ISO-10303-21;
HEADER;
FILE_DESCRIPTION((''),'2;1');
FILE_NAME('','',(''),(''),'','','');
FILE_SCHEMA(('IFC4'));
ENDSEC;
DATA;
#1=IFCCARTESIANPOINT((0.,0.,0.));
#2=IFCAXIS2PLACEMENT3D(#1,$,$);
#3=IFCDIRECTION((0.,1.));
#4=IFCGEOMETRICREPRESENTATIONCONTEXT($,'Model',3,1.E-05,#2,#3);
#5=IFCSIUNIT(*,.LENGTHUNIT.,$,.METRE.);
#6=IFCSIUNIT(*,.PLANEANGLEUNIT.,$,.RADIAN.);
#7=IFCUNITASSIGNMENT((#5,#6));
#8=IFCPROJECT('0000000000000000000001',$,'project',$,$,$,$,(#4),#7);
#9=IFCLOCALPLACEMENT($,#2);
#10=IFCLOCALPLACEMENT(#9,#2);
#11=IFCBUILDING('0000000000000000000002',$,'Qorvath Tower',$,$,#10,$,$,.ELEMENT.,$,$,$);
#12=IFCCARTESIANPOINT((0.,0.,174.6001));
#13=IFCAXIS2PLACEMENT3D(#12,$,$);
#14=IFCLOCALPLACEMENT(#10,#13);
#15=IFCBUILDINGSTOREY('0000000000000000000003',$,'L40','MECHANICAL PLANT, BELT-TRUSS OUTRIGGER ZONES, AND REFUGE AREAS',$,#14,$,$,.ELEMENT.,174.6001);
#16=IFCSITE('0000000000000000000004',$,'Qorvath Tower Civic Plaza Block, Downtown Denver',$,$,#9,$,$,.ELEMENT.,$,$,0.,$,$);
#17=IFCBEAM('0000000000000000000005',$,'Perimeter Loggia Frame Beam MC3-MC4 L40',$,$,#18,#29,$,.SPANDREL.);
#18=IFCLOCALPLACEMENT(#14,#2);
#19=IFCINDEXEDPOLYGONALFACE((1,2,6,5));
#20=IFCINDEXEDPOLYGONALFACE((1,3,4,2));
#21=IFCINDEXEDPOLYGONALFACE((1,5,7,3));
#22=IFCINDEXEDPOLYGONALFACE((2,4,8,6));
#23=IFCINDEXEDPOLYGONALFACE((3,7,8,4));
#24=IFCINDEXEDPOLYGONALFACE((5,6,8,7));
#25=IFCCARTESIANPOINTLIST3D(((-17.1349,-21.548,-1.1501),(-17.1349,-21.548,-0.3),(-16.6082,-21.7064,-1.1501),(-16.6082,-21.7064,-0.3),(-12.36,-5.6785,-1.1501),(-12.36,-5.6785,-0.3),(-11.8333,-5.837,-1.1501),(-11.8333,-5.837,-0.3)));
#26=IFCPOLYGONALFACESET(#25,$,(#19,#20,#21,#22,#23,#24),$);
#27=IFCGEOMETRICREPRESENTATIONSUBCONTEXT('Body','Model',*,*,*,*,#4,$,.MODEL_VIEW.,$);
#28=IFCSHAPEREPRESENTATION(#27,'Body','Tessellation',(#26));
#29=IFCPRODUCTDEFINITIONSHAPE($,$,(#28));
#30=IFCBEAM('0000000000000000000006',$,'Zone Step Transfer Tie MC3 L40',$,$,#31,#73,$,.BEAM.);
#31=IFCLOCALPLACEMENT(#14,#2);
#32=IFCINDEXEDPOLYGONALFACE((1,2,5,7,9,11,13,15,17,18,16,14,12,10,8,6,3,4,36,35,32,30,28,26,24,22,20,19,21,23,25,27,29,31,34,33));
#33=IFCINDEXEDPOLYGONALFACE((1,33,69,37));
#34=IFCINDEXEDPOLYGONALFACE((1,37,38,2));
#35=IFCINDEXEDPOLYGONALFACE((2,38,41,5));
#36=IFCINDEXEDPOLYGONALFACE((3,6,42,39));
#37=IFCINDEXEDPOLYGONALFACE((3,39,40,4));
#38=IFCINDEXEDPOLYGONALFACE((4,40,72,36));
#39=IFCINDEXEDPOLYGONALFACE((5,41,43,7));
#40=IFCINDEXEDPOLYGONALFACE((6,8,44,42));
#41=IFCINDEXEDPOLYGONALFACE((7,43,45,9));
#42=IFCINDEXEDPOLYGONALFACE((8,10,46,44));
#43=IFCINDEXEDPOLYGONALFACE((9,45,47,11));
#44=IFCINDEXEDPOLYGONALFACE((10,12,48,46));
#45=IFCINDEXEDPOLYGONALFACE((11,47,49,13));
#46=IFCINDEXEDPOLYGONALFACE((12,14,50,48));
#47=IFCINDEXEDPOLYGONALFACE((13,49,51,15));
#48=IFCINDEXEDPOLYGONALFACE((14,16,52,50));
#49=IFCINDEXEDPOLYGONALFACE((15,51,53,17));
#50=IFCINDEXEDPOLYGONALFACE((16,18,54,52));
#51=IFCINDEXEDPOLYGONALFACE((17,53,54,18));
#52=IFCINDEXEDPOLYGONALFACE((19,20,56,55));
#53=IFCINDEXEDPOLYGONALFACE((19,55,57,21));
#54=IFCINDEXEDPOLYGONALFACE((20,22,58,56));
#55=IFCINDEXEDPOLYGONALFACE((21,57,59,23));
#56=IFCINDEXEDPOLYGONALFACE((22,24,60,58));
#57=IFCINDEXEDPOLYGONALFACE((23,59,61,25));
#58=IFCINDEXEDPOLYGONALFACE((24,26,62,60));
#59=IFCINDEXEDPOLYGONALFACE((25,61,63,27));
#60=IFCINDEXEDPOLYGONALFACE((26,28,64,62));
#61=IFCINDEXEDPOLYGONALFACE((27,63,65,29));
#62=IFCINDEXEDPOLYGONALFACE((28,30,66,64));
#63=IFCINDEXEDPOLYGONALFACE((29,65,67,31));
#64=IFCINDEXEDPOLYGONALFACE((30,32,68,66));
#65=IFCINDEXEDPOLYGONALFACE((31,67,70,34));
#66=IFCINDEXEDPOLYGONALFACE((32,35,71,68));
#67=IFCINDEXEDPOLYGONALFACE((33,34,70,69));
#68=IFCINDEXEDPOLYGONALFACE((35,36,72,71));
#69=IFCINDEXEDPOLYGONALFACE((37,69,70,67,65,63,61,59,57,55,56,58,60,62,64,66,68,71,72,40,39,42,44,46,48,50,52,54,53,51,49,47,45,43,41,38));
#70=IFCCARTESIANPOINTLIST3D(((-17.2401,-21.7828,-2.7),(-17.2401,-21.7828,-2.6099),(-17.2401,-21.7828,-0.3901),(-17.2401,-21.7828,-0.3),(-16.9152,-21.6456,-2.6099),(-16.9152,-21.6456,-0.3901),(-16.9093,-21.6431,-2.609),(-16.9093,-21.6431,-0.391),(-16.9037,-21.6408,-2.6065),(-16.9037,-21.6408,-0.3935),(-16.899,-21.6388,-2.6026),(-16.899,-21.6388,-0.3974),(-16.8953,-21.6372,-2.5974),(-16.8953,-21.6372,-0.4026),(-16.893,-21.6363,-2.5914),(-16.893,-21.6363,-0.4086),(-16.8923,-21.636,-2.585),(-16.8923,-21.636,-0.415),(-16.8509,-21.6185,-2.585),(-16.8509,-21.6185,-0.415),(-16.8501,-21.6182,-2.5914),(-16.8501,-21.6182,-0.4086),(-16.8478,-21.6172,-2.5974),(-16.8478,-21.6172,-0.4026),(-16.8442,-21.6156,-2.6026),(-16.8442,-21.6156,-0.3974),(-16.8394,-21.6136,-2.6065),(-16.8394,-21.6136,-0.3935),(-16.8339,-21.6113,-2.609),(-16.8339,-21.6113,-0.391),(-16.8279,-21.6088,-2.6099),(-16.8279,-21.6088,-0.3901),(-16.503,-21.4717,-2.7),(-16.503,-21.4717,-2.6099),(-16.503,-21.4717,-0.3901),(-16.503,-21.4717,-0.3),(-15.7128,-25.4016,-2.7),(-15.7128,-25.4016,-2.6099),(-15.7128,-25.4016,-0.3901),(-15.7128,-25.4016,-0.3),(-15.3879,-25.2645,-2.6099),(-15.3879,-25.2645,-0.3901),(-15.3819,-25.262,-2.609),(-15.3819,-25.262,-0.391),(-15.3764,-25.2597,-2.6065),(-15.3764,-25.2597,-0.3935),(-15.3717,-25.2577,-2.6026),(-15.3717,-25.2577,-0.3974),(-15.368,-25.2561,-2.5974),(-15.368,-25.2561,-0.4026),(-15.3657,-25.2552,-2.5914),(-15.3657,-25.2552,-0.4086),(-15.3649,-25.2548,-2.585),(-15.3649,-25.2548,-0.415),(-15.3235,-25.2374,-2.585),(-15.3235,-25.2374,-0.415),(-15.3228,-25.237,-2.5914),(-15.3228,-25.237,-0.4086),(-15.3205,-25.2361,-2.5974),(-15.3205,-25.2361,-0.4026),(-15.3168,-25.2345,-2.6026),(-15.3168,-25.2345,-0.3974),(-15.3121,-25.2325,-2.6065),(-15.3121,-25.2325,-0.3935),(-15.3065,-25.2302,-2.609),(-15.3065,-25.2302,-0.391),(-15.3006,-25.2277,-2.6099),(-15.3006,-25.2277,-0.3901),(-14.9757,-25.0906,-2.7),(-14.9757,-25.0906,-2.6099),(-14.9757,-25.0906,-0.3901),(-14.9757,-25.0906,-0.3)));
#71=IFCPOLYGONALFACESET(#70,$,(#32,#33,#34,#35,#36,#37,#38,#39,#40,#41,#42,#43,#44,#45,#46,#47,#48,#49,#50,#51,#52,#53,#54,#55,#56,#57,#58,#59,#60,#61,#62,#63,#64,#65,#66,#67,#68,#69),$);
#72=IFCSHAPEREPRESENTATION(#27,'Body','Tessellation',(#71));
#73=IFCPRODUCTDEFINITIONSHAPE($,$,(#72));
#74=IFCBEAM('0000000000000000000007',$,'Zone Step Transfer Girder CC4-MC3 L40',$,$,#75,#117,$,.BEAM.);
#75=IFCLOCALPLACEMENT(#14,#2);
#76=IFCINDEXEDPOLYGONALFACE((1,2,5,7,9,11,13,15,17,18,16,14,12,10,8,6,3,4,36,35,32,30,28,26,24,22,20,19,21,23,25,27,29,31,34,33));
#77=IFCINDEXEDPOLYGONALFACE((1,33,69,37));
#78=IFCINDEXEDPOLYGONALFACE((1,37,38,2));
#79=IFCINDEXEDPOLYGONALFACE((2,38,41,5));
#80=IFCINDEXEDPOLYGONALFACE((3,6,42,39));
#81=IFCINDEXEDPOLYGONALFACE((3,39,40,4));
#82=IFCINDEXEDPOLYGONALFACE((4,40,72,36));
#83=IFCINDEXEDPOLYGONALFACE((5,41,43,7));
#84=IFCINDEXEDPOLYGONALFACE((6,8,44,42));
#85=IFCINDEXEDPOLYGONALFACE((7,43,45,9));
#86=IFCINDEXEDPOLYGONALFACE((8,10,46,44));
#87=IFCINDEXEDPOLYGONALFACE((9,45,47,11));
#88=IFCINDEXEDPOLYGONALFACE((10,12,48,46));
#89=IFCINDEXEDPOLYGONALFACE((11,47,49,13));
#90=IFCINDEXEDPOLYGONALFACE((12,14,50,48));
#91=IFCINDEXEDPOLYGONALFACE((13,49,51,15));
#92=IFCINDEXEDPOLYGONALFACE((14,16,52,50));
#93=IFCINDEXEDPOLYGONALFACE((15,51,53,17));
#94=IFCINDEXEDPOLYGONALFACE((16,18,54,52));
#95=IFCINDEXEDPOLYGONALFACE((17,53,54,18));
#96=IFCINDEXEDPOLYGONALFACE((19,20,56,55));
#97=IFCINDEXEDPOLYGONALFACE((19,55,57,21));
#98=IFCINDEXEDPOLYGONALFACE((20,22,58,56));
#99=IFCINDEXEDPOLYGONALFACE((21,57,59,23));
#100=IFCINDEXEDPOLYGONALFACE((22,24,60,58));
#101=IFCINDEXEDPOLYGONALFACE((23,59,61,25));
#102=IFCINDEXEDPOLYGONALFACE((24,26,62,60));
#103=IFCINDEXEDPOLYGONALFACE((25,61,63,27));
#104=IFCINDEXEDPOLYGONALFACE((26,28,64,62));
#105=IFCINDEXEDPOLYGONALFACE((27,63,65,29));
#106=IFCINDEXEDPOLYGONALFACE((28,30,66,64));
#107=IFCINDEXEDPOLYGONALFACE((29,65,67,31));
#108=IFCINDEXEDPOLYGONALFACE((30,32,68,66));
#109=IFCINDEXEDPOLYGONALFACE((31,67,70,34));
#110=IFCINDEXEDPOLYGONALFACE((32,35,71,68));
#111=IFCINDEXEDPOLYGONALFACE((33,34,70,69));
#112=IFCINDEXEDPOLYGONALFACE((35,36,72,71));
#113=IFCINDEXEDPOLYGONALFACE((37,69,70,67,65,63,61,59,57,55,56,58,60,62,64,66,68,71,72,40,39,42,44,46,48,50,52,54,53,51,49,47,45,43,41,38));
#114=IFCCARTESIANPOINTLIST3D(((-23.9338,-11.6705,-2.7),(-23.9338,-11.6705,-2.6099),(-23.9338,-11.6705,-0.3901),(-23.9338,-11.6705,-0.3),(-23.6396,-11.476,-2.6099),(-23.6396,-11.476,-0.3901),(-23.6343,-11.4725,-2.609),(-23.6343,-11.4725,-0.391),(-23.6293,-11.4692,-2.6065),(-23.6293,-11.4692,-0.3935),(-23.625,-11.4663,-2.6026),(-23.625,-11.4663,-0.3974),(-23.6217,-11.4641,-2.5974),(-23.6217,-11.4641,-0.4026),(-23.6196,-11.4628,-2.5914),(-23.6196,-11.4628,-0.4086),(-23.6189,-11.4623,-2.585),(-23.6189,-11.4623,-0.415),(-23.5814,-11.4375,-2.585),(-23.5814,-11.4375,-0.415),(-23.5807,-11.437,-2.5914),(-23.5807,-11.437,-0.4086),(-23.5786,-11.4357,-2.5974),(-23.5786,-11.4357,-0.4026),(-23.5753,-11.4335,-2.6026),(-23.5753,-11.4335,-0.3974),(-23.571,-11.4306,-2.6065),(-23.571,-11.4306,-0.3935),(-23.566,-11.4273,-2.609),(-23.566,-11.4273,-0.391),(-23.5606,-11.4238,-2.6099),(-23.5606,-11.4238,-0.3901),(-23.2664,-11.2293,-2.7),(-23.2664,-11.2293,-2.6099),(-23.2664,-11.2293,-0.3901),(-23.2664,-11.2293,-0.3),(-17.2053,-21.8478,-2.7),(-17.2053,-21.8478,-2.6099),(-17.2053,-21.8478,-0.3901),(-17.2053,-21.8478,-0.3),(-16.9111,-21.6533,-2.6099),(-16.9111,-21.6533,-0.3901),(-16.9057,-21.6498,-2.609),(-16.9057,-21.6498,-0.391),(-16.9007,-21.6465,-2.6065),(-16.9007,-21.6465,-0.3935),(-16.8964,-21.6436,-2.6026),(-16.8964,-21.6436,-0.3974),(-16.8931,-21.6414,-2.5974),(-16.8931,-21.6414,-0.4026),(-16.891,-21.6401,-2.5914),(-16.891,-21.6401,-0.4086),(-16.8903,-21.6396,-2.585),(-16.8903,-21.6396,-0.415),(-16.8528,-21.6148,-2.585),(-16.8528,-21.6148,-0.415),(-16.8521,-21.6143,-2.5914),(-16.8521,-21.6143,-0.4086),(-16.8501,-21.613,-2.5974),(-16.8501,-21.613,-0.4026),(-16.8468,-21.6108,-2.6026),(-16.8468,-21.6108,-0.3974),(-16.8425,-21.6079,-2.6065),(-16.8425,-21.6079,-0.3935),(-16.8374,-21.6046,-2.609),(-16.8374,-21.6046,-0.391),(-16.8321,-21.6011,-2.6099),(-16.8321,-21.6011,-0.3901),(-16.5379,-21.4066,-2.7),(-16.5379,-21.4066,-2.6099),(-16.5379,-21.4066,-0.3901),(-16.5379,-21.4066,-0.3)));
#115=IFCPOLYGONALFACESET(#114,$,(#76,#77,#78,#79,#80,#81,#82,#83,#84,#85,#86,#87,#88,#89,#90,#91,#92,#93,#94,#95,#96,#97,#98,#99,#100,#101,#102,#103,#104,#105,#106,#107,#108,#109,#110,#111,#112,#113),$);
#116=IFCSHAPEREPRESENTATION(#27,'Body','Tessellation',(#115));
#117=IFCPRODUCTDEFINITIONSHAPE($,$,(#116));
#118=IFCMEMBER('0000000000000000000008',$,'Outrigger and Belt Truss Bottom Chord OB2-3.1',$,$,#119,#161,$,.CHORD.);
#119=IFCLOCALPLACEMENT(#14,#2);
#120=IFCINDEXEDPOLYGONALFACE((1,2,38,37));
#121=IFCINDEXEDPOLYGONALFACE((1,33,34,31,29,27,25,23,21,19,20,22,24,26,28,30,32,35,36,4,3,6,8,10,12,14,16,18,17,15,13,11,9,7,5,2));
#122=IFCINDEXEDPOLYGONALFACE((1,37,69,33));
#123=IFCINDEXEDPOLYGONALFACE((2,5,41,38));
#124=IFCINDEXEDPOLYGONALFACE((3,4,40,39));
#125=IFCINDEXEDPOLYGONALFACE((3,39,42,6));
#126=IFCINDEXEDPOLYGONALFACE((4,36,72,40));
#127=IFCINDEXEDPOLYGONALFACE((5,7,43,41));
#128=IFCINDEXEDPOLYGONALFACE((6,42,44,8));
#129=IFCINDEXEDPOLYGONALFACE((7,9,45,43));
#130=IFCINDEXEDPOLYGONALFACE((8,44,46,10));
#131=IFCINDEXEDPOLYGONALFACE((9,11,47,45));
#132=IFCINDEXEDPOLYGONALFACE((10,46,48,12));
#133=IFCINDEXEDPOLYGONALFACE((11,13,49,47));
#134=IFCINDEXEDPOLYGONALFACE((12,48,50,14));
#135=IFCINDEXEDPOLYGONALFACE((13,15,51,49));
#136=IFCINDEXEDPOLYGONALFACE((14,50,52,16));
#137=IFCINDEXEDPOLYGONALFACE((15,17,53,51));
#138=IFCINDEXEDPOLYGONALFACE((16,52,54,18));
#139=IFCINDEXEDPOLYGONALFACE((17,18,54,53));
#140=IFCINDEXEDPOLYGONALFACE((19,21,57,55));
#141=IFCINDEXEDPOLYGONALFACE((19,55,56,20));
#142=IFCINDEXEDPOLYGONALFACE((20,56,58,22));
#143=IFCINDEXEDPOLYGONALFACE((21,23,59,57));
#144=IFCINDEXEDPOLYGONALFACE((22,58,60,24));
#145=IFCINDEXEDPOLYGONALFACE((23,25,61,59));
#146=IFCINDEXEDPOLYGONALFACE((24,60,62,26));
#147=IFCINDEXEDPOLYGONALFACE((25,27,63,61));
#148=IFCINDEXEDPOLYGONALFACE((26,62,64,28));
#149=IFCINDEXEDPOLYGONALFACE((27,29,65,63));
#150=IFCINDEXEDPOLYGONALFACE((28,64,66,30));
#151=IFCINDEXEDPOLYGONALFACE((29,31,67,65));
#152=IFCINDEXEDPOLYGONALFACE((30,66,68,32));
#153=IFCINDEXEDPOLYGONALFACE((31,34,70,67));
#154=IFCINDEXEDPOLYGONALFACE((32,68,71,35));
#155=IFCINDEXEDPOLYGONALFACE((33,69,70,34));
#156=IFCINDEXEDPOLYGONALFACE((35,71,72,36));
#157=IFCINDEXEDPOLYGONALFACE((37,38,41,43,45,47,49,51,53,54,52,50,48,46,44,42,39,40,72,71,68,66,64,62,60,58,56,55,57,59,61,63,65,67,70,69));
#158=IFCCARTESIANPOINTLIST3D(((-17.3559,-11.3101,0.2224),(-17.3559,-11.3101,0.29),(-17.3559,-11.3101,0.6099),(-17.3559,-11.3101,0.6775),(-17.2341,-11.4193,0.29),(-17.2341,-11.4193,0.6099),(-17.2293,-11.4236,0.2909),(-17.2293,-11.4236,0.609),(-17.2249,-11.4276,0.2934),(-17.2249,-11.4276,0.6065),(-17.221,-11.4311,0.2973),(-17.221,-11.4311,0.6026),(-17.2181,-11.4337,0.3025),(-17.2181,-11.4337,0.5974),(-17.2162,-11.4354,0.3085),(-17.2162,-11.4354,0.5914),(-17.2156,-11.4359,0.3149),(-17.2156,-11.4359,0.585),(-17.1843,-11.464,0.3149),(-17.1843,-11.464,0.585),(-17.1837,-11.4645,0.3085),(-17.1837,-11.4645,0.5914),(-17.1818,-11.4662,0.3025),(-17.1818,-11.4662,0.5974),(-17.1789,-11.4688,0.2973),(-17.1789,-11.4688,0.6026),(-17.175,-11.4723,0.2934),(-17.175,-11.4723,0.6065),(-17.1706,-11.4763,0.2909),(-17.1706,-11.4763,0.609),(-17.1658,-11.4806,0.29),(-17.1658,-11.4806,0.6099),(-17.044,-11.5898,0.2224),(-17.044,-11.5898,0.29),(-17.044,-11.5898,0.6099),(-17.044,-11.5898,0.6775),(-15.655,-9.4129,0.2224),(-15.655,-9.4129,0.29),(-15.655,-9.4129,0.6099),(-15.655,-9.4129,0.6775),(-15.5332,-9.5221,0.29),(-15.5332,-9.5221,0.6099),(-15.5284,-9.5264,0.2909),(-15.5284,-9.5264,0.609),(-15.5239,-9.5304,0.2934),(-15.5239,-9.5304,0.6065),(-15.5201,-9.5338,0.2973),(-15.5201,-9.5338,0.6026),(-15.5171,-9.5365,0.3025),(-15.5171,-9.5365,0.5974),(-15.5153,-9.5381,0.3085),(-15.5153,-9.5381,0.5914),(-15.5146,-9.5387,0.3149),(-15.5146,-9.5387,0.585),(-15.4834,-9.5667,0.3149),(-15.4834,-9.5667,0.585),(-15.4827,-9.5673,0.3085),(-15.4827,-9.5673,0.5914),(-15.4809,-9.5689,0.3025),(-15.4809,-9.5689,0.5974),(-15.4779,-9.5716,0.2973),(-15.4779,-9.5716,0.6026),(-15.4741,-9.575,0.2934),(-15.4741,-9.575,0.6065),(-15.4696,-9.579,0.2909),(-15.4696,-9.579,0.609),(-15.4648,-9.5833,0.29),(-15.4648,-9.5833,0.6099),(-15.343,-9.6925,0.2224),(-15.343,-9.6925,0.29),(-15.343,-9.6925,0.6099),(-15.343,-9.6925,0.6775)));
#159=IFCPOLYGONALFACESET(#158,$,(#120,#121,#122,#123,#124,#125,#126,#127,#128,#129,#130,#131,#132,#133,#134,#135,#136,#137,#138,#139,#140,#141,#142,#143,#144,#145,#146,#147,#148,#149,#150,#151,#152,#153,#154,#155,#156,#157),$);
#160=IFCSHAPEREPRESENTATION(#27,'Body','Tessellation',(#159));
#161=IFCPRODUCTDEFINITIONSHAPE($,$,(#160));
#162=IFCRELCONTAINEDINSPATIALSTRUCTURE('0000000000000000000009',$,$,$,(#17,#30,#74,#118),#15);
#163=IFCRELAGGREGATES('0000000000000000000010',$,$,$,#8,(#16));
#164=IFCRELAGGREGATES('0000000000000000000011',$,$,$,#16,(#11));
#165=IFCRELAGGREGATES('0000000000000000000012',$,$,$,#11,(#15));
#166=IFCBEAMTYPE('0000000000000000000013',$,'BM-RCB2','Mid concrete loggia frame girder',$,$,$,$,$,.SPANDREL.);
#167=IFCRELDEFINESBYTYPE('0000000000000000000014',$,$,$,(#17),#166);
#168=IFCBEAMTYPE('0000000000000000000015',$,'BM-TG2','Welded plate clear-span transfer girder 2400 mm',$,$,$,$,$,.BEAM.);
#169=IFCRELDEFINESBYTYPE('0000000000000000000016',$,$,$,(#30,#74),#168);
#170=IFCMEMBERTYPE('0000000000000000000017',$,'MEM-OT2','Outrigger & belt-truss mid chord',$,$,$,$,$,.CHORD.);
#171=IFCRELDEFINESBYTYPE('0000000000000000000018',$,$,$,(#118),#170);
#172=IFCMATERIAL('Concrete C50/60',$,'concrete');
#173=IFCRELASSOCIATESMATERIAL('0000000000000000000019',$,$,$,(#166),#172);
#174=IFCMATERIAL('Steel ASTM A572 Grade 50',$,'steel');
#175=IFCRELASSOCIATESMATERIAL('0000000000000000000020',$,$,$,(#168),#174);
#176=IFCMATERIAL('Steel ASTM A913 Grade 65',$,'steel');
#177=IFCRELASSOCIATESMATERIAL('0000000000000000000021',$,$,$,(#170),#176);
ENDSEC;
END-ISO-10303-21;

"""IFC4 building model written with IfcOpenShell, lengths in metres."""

from ifc_helpers import new_model, si_unit, direction, frame, origin, origin_2d, place, context, subcontext, project, spatial, rectangle, i_section, extrude, material, material_profile, profile_set, type_object, element, save


model = new_model("IFC4")

# Units and contexts
model_context = context("Model", 3, precision=1e-05, world=origin(), true_north=direction((0.0, 1.0)))
body_context = subcontext(model_context, "Body", "Model", "MODEL_VIEW")
ifc_project = project(units=[si_unit("LENGTHUNIT", "METRE"), si_unit("PLANEANGLEUNIT", "RADIAN")], contexts=[model_context])

# Site, building, storey
site_placement = place(None, origin())
site = spatial("IfcSite", under=ifc_project, at=site_placement, Name="Qorvath Tower Civic Plaza Block, Downtown Denver", CompositionType="ELEMENT", RefElevation=0.0)
building_placement = place(site_placement, origin())
building = spatial("IfcBuilding", under=site, at=building_placement, Name="Qorvath Tower", CompositionType="ELEMENT")
storey_placement = place(building_placement, frame((0.0, 0.0, 174.6001)))
storey = spatial("IfcBuildingStorey", under=building, at=storey_placement, Name="L40", Description="MECHANICAL PLANT, BELT-TRUSS OUTRIGGER ZONES, AND REFUGE AREAS", CompositionType="ELEMENT", Elevation=174.6001)

# Beams
ifc_material_1 = material(Name="Concrete C50/60", Category="concrete")
ifc_material_profile_1 = material_profile(ifc_material_1, rectangle(XDim=0.55, YDim=0.8501, at=origin_2d()), Name="RCB 850x550")
ifc_profile_set_1 = profile_set([ifc_material_profile_1], Name="Concrete C50/60")
beam_type_1 = type_object("IfcBeamType", Name="BM-RCB2", Description="Mid concrete loggia frame girder", PredefinedType="SPANDREL", material=ifc_profile_set_1)
beam_1_placement = place(storey_placement, frame((-16.8716, -21.6272, -0.7251), z_axis=(0.288128, 0.957592, 0.0), x_axis=(-0.957592, 0.288128, 0.0)))
element("IfcBeam", 1, at=beam_1_placement, inside=storey, type_object=beam_type_1, Name="Perimeter Loggia Frame Beam MC3-MC4 L40", PredefinedType="SPANDREL", context=body_context, shape_type="SweptSolid", body=[
    extrude(rectangle(XDim=0.55, YDim=0.8501, at=origin_2d()), origin(), (0.0, 0.0, 1.0), 16.5723),
])
ifc_material_2 = material(Name="Steel ASTM A572 Grade 50", Category="steel")
ifc_material_profile_2 = material_profile(ifc_material_2, i_section(OverallWidth=0.8, OverallDepth=2.3999, WebThickness=0.0449, FlangeThickness=0.0901, FilletRadius=0.0249, at=origin_2d()), Name="WTG 2400x800")
ifc_profile_set_2 = profile_set([ifc_material_profile_2], Name="Steel ASTM A572 Grade 50")
beam_type_2 = type_object("IfcBeamType", Name="BM-TG2", Description="Welded plate clear-span transfer girder 2400 mm", PredefinedType="BEAM", material=ifc_profile_set_2)
beam_2_placement = place(storey_placement, frame((-15.3442, -25.2461, -1.5), z_axis=(-0.388835, 0.921307, 0.0), x_axis=(-0.921307, -0.388835, 0.0)))
element("IfcBeam", 2, at=beam_2_placement, inside=storey, type_object=beam_type_2, Name="Zone Step Transfer Tie MC3 L40", PredefinedType="BEAM", context=body_context, shape_type="SweptSolid", body=[
    extrude(i_section(OverallWidth=0.8, OverallDepth=2.3999, WebThickness=0.0449, FlangeThickness=0.0901, FilletRadius=0.0249, at=origin_2d()), origin(), (0.0, 0.0, 1.0), 3.928),
])
beam_3_placement = place(storey_placement, frame((-16.8716, -21.6272, -1.5), z_axis=(-0.551501, 0.834175, 0.0), x_axis=(-0.834175, -0.551501, 0.0)))
element("IfcBeam", 3, at=beam_3_placement, inside=storey, type_object=beam_type_2, Name="Zone Step Transfer Girder CC4-MC3 L40", PredefinedType="BEAM", context=body_context, shape_type="SweptSolid", body=[
    extrude(i_section(OverallWidth=0.8, OverallDepth=2.3999, WebThickness=0.0449, FlangeThickness=0.0901, FilletRadius=0.0249, at=origin_2d()), origin(), (0.0, 0.0, 1.0), 12.2004),
])

# Member
ifc_material_3 = material(Name="Steel ASTM A913 Grade 65", Category="steel")
ifc_material_profile_3 = material_profile(ifc_material_3, i_section(OverallWidth=0.4189, OverallDepth=0.4551, WebThickness=0.042, FlangeThickness=0.0676, FilletRadius=0.0249, at=origin_2d()), Name="W14x370")
ifc_profile_set_3 = profile_set([ifc_material_profile_3], Name="Steel ASTM A913 Grade 65")
member_type_1 = type_object("IfcMemberType", Name="MEM-OT2", Description="Outrigger & belt-truss mid chord", PredefinedType="CHORD", material=ifc_profile_set_3)
member_1_placement = place(storey_placement, frame((-17.2, -11.45, 0.45), z_axis=(0.66754, 0.744574, 0.0), x_axis=(-0.744574, 0.66754, 0.0)))
element("IfcMember", 4, at=member_1_placement, inside=storey, type_object=member_type_1, Name="Outrigger and Belt Truss Bottom Chord OB2-3.1", PredefinedType="CHORD", context=body_context, shape_type="SweptSolid", body=[
    extrude(i_section(OverallWidth=0.4189, OverallDepth=0.4551, WebThickness=0.042, FlangeThickness=0.0676, FilletRadius=0.0249, at=origin_2d()), origin(), (0.0, 0.0, 1.0), 2.5481),
])

save(model, "model.ifc")
